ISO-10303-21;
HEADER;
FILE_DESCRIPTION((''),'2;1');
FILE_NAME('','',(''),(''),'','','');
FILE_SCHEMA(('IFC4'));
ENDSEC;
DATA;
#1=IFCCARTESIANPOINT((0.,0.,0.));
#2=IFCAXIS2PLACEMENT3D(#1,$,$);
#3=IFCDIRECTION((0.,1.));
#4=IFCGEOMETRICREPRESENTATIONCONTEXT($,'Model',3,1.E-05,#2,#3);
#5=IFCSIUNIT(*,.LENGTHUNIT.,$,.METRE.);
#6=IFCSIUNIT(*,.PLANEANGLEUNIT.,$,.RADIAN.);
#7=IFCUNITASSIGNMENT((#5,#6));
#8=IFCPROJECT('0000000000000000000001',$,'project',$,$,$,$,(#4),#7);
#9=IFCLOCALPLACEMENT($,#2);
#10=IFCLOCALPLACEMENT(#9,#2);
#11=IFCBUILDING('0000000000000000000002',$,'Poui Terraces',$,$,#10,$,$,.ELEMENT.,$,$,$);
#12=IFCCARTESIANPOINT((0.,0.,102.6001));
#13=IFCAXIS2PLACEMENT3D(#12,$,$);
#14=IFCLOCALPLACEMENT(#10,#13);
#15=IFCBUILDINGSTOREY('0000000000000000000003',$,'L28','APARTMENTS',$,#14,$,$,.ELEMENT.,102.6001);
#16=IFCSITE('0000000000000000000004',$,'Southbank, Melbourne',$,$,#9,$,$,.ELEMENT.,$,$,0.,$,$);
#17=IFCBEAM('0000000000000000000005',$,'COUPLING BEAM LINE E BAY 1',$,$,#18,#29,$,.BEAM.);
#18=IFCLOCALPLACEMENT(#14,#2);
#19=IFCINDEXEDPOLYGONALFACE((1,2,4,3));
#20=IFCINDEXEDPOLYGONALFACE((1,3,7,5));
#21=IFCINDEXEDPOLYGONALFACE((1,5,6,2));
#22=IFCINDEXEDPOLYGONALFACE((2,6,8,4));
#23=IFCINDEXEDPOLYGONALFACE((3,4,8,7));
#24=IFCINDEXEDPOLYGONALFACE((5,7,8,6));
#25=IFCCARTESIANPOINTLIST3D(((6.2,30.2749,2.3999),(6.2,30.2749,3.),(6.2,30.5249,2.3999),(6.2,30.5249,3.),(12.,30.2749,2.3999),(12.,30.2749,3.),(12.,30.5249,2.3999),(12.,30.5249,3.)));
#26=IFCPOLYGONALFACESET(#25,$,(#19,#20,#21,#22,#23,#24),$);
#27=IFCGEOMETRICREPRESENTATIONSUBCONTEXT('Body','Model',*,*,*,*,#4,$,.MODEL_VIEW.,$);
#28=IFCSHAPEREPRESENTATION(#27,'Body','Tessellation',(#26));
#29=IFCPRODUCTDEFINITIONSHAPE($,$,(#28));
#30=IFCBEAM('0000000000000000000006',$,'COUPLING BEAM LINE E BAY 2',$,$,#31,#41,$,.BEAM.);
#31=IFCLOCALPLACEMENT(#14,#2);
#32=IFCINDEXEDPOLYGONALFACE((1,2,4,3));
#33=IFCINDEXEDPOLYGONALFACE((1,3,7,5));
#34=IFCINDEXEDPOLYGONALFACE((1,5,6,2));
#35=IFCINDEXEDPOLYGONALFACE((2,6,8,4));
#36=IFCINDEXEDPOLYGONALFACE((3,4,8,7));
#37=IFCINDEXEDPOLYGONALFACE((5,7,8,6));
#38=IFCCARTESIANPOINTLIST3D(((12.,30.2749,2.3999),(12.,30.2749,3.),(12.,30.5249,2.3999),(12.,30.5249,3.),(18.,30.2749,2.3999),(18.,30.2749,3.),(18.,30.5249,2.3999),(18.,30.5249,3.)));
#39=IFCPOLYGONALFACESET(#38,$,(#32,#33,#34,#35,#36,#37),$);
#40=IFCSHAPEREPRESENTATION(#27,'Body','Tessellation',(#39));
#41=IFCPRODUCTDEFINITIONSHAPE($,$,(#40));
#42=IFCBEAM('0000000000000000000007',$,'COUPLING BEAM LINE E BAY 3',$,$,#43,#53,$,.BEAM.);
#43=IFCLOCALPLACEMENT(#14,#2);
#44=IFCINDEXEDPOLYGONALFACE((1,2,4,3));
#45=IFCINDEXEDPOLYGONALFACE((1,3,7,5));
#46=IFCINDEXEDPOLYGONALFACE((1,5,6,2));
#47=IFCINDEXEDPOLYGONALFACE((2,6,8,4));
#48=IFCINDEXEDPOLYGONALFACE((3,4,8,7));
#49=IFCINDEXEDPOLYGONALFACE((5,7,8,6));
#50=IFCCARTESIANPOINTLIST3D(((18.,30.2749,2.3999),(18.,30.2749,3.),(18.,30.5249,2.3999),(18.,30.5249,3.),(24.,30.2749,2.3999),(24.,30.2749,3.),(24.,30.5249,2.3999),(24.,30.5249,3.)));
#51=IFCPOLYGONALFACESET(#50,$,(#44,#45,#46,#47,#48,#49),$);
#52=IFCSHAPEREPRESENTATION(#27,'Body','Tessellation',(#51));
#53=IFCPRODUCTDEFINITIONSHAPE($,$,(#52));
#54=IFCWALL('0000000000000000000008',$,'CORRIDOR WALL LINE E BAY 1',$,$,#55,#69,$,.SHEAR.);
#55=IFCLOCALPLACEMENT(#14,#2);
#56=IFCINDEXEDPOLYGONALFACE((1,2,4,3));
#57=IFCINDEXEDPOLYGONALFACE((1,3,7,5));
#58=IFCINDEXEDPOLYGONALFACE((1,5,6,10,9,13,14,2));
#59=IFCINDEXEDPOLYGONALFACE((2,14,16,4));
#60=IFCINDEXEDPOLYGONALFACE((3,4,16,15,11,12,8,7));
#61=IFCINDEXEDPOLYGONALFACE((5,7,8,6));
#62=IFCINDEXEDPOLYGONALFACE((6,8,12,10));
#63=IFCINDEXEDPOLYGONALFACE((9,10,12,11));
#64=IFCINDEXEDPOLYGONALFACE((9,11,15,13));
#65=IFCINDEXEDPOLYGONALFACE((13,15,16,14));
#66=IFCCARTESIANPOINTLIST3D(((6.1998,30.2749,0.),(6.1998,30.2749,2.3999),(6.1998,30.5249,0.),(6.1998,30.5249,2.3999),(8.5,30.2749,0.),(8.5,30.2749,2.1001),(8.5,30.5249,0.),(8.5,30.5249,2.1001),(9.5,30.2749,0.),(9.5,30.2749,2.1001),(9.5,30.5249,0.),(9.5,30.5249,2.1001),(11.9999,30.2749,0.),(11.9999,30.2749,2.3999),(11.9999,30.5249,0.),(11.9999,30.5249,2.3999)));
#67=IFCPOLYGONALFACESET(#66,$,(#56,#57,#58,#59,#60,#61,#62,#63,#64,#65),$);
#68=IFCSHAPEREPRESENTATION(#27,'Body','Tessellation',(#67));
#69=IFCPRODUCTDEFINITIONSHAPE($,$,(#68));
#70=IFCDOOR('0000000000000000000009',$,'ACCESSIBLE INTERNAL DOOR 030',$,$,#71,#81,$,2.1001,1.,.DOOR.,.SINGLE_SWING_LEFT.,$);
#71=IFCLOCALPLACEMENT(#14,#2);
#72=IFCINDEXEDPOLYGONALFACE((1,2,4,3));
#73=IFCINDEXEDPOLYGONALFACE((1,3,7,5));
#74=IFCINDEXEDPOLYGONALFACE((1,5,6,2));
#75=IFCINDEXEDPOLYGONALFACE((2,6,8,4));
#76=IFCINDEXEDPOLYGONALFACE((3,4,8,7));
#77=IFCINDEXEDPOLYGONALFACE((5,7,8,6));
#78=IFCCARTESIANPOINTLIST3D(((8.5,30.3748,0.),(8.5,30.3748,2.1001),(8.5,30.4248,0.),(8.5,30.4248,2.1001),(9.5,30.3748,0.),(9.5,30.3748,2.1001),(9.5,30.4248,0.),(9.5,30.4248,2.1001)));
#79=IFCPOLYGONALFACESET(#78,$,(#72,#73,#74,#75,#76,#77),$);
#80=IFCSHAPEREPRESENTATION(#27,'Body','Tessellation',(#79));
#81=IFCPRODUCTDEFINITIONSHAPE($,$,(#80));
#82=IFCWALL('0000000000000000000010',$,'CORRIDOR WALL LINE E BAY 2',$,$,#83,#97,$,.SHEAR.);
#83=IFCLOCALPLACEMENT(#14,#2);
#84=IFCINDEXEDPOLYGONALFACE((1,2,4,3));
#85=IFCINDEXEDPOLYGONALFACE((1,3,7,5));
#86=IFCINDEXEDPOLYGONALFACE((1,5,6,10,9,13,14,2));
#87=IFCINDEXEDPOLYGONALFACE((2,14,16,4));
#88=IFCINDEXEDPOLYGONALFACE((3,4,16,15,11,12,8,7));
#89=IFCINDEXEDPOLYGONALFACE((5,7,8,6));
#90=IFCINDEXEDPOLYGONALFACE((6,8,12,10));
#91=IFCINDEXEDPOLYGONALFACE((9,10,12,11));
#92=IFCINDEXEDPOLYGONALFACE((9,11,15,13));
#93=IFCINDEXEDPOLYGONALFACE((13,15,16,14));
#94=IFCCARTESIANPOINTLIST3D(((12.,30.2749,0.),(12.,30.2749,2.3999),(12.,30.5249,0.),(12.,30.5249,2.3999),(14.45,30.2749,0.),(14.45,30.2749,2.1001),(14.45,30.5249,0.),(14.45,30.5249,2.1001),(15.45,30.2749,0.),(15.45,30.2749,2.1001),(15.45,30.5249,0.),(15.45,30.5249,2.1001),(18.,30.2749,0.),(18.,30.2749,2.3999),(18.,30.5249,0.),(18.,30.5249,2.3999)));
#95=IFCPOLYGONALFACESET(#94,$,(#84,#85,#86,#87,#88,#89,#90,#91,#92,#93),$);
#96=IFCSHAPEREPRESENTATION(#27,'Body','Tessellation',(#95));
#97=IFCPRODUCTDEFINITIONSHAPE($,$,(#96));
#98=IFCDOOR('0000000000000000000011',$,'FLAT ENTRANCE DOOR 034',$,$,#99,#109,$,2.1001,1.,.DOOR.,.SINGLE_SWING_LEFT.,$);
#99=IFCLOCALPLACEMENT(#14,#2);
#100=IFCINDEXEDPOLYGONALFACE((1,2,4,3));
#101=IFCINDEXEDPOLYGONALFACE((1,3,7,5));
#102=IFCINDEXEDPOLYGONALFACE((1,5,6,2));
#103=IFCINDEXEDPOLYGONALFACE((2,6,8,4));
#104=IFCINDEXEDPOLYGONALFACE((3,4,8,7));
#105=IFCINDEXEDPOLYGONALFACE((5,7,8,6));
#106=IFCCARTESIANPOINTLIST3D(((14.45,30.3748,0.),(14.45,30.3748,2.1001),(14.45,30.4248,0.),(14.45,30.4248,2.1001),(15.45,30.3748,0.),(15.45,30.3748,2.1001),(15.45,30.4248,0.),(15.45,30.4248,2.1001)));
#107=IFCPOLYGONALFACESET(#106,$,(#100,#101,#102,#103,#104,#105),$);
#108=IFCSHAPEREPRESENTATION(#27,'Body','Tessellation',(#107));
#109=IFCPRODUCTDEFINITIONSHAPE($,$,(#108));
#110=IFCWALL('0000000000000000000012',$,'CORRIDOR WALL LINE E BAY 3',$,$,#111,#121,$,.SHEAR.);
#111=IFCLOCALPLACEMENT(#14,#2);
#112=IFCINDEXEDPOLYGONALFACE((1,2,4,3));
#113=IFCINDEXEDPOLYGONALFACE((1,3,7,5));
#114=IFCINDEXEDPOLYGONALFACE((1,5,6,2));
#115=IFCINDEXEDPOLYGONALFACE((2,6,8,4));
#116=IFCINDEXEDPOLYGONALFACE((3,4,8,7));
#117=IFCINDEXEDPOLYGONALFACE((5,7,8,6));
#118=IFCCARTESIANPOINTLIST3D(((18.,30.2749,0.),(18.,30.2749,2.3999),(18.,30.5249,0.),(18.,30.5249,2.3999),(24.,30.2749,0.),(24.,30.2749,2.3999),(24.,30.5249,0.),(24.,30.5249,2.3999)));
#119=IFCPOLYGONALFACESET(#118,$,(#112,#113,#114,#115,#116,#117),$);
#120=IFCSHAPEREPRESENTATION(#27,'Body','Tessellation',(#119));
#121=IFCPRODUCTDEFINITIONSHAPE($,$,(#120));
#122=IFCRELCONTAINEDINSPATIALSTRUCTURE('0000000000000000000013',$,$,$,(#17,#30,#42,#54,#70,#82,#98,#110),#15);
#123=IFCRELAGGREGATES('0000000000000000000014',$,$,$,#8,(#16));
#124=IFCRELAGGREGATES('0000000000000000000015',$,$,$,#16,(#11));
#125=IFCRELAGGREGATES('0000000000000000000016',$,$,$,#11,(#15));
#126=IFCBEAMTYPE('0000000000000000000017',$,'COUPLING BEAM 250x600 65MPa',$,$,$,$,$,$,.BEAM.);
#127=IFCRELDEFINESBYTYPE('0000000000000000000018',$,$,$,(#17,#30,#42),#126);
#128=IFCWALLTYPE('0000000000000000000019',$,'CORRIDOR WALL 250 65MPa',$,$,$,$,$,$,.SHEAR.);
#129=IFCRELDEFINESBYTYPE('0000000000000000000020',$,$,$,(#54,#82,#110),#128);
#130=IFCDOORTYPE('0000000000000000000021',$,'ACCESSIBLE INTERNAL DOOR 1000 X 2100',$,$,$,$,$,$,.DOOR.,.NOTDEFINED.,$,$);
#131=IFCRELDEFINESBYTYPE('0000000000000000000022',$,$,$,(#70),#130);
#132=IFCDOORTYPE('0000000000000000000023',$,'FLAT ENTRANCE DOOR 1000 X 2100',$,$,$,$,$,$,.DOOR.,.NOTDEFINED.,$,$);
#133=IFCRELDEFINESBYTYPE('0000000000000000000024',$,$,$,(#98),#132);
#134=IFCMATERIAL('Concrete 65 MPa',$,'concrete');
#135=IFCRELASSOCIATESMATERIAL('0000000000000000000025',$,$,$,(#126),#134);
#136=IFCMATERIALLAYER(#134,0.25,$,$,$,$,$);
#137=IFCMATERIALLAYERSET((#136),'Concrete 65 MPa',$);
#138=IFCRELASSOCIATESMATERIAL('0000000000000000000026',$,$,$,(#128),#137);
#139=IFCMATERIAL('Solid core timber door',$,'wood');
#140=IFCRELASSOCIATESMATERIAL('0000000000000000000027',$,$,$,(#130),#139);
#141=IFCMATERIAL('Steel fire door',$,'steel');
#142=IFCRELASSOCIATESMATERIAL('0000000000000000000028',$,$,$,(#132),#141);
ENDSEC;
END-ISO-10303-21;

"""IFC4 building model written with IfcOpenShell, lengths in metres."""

from ifc_helpers import new_model, si_unit, direction, frame, frame_2d, origin, origin_2d, place, context, subcontext, project, spatial, rectangle, extrude, source, transform, mapped, material, layer, layer_set, material_profile, profile_set, type_object, element, fill, save


model = new_model("IFC4")

# Units and contexts
model_context = context("Model", 3, precision=1e-05, world=origin(), true_north=direction((0.0, 1.0)))
body_context = subcontext(model_context, "Body", "Model", "MODEL_VIEW")
ifc_project = project(units=[si_unit("LENGTHUNIT", "METRE"), si_unit("PLANEANGLEUNIT", "RADIAN")], contexts=[model_context])

# Site, building, storey
site_placement = place(None, origin())
site = spatial("IfcSite", under=ifc_project, at=site_placement, Name="Southbank, Melbourne", CompositionType="ELEMENT", RefElevation=0.0)
building_placement = place(site_placement, origin())
building = spatial("IfcBuilding", under=site, at=building_placement, Name="Poui Terraces", CompositionType="ELEMENT")
storey_placement = place(building_placement, frame((0.0, 0.0, 102.6001)))
storey = spatial("IfcBuildingStorey", under=building, at=storey_placement, Name="L28", Description="APARTMENTS", CompositionType="ELEMENT", Elevation=102.6001)

# Beams
ifc_material_1 = material(Name="Concrete 65 MPa", Category="concrete")
ifc_material_profile = material_profile(ifc_material_1, rectangle(XDim=0.25, YDim=0.6001, at=origin_2d()), Name="RC 250x600")
ifc_profile_set = profile_set([ifc_material_profile], Name="Concrete 65 MPa")
beam_type = type_object("IfcBeamType", Name="COUPLING BEAM 250x600 65MPa", PredefinedType="BEAM", material=ifc_profile_set)
shared_shape_1 = source(origin(), body_context, "Body", "SweptSolid", [
    extrude(rectangle(XDim=0.25, YDim=0.6001, at=origin_2d()), origin(), (0.0, 0.0, 1.0), 5.8),
])
beam_placement = place(storey_placement, frame((6.2, 30.3999, 2.7), z_axis=(1.0, 0.0, 0.0), x_axis=(0.0, 1.0, 0.0)))
element("IfcBeam", 1, at=beam_placement, inside=storey, type_object=beam_type, Name="COUPLING BEAM LINE E BAY 1", PredefinedType="BEAM", context=body_context, shape_type="MappedRepresentation", body=[
    mapped(shared_shape_1, transform((0.0, 0.0, 0.0))),
])
shared_shape_2 = source(origin(), body_context, "Body", "SweptSolid", [
    extrude(rectangle(XDim=0.25, YDim=0.6001, at=origin_2d()), origin(), (0.0, 0.0, 1.0), 6.0),
])
for number, where, z_axis, x_axis, name in (
    (2, (12.0, 30.3999, 2.7), (1.0, 0.0, 0.0), (0.0, 1.0, 0.0), "COUPLING BEAM LINE E BAY 2"),
    (3, (18.0, 30.3999, 2.7), (1.0, 0.0, 0.0), (0.0, 1.0, 0.0), "COUPLING BEAM LINE E BAY 3"),
):
    element("IfcBeam", number, at=place(storey_placement, frame(where, z_axis=z_axis, x_axis=x_axis)), inside=storey, type_object=beam_type, Name=name, PredefinedType="BEAM", context=body_context, shape_type="MappedRepresentation", body=[
        mapped(shared_shape_2, transform((0.0, 0.0, 0.0))),
    ])

# Walls, openings, doors
ifc_layer = layer(ifc_material_1, 0.25)
ifc_layer_set = layer_set([ifc_layer], Name="Concrete 65 MPa")
wall_type = type_object("IfcWallType", Name="CORRIDOR WALL 250 65MPa", PredefinedType="SHEAR", material=ifc_layer_set)
wall_1_placement = place(storey_placement, frame((6.2, 30.3999, 0.0), z_axis=(0.0, 0.0, 1.0), x_axis=(1.0, 0.0, 0.0)))
wall_1 = element("IfcWall", 4, at=wall_1_placement, inside=storey, type_object=wall_type, Name="CORRIDOR WALL LINE E BAY 1", PredefinedType="SHEAR", context=body_context, shape_type="SweptSolid", body=[
    extrude(rectangle(XDim=5.8, YDim=0.25, at=frame_2d((2.8999, 0.0))), origin(), (0.0, 0.0, 1.0), 2.3999),
])
opening_1_placement = place(wall_1_placement, frame((2.3, 0.0, 0.0)))
opening_1 = element("IfcOpeningElement", 5, at=opening_1_placement, cuts=wall_1, PredefinedType="OPENING", context=body_context, shape_type="SweptSolid", body=[
    extrude(rectangle(XDim=1.0, YDim=2.1001, at=frame_2d((0.5, 1.05))), frame((0.0, 0.135, 0.0), z_axis=(0.0, -1.0, 0.0), x_axis=(1.0, 0.0, 0.0)), (0.0, 0.0, 1.0), 0.27),
])
ifc_material_2 = material(Name="Solid core timber door", Category="wood")
door_type_1 = type_object("IfcDoorType", Name="ACCESSIBLE INTERNAL DOOR 1000 X 2100", OperationType="NOTDEFINED", PredefinedType="DOOR", material=ifc_material_2)
door_1_placement = place(opening_1_placement, origin())
door_1 = element("IfcDoor", 6, at=door_1_placement, inside=storey, type_object=door_type_1, Name="ACCESSIBLE INTERNAL DOOR 030", OperationType="SINGLE_SWING_LEFT", OverallHeight=2.1001, OverallWidth=1.0, PredefinedType="DOOR", context=body_context, shape_type="SweptSolid", body=[
    extrude(rectangle(XDim=1.0, YDim=2.1001, at=frame_2d((0.5, 1.05))), frame((0.0, 0.0249, 0.0), z_axis=(0.0, -1.0, 0.0), x_axis=(1.0, 0.0, 0.0)), (0.0, 0.0, 1.0), 0.05),
])
fill(opening_1, door_1)
wall_2_placement = place(storey_placement, frame((12.0, 30.3999, 0.0), z_axis=(0.0, 0.0, 1.0), x_axis=(1.0, 0.0, 0.0)))
wall_2 = element("IfcWall", 7, at=wall_2_placement, inside=storey, type_object=wall_type, Name="CORRIDOR WALL LINE E BAY 2", PredefinedType="SHEAR", context=body_context, shape_type="SweptSolid", body=[
    extrude(rectangle(XDim=6.0, YDim=0.25, at=frame_2d((3.0, 0.0))), origin(), (0.0, 0.0, 1.0), 2.3999),
])
opening_2_placement = place(wall_2_placement, frame((2.45, 0.0, 0.0)))
opening_2 = element("IfcOpeningElement", 8, at=opening_2_placement, cuts=wall_2, PredefinedType="OPENING", context=body_context, shape_type="SweptSolid", body=[
    extrude(rectangle(XDim=1.0, YDim=2.1001, at=frame_2d((0.5, 1.05))), frame((0.0, 0.135, 0.0), z_axis=(0.0, -1.0, 0.0), x_axis=(1.0, 0.0, 0.0)), (0.0, 0.0, 1.0), 0.27),
])
ifc_material_3 = material(Name="Steel fire door", Category="steel")
door_type_2 = type_object("IfcDoorType", Name="FLAT ENTRANCE DOOR 1000 X 2100", OperationType="NOTDEFINED", PredefinedType="DOOR", material=ifc_material_3)
door_2_placement = place(opening_2_placement, origin())
door_2 = element("IfcDoor", 9, at=door_2_placement, inside=storey, type_object=door_type_2, Name="FLAT ENTRANCE DOOR 034", OperationType="SINGLE_SWING_LEFT", OverallHeight=2.1001, OverallWidth=1.0, PredefinedType="DOOR", context=body_context, shape_type="SweptSolid", body=[
    extrude(rectangle(XDim=1.0, YDim=2.1001, at=frame_2d((0.5, 1.05))), frame((0.0, 0.0249, 0.0), z_axis=(0.0, -1.0, 0.0), x_axis=(1.0, 0.0, 0.0)), (0.0, 0.0, 1.0), 0.05),
])
fill(opening_2, door_2)

# Wall
wall_3_placement = place(storey_placement, frame((18.0, 30.3999, 0.0), z_axis=(0.0, 0.0, 1.0), x_axis=(1.0, 0.0, 0.0)))
element("IfcWall", 10, at=wall_3_placement, inside=storey, type_object=wall_type, Name="CORRIDOR WALL LINE E BAY 3", PredefinedType="SHEAR", context=body_context, shape_type="SweptSolid", body=[
    extrude(rectangle(XDim=6.0, YDim=0.25, at=frame_2d((3.0, 0.0))), origin(), (0.0, 0.0, 1.0), 2.3999),
])

save(model, "model.ifc")
